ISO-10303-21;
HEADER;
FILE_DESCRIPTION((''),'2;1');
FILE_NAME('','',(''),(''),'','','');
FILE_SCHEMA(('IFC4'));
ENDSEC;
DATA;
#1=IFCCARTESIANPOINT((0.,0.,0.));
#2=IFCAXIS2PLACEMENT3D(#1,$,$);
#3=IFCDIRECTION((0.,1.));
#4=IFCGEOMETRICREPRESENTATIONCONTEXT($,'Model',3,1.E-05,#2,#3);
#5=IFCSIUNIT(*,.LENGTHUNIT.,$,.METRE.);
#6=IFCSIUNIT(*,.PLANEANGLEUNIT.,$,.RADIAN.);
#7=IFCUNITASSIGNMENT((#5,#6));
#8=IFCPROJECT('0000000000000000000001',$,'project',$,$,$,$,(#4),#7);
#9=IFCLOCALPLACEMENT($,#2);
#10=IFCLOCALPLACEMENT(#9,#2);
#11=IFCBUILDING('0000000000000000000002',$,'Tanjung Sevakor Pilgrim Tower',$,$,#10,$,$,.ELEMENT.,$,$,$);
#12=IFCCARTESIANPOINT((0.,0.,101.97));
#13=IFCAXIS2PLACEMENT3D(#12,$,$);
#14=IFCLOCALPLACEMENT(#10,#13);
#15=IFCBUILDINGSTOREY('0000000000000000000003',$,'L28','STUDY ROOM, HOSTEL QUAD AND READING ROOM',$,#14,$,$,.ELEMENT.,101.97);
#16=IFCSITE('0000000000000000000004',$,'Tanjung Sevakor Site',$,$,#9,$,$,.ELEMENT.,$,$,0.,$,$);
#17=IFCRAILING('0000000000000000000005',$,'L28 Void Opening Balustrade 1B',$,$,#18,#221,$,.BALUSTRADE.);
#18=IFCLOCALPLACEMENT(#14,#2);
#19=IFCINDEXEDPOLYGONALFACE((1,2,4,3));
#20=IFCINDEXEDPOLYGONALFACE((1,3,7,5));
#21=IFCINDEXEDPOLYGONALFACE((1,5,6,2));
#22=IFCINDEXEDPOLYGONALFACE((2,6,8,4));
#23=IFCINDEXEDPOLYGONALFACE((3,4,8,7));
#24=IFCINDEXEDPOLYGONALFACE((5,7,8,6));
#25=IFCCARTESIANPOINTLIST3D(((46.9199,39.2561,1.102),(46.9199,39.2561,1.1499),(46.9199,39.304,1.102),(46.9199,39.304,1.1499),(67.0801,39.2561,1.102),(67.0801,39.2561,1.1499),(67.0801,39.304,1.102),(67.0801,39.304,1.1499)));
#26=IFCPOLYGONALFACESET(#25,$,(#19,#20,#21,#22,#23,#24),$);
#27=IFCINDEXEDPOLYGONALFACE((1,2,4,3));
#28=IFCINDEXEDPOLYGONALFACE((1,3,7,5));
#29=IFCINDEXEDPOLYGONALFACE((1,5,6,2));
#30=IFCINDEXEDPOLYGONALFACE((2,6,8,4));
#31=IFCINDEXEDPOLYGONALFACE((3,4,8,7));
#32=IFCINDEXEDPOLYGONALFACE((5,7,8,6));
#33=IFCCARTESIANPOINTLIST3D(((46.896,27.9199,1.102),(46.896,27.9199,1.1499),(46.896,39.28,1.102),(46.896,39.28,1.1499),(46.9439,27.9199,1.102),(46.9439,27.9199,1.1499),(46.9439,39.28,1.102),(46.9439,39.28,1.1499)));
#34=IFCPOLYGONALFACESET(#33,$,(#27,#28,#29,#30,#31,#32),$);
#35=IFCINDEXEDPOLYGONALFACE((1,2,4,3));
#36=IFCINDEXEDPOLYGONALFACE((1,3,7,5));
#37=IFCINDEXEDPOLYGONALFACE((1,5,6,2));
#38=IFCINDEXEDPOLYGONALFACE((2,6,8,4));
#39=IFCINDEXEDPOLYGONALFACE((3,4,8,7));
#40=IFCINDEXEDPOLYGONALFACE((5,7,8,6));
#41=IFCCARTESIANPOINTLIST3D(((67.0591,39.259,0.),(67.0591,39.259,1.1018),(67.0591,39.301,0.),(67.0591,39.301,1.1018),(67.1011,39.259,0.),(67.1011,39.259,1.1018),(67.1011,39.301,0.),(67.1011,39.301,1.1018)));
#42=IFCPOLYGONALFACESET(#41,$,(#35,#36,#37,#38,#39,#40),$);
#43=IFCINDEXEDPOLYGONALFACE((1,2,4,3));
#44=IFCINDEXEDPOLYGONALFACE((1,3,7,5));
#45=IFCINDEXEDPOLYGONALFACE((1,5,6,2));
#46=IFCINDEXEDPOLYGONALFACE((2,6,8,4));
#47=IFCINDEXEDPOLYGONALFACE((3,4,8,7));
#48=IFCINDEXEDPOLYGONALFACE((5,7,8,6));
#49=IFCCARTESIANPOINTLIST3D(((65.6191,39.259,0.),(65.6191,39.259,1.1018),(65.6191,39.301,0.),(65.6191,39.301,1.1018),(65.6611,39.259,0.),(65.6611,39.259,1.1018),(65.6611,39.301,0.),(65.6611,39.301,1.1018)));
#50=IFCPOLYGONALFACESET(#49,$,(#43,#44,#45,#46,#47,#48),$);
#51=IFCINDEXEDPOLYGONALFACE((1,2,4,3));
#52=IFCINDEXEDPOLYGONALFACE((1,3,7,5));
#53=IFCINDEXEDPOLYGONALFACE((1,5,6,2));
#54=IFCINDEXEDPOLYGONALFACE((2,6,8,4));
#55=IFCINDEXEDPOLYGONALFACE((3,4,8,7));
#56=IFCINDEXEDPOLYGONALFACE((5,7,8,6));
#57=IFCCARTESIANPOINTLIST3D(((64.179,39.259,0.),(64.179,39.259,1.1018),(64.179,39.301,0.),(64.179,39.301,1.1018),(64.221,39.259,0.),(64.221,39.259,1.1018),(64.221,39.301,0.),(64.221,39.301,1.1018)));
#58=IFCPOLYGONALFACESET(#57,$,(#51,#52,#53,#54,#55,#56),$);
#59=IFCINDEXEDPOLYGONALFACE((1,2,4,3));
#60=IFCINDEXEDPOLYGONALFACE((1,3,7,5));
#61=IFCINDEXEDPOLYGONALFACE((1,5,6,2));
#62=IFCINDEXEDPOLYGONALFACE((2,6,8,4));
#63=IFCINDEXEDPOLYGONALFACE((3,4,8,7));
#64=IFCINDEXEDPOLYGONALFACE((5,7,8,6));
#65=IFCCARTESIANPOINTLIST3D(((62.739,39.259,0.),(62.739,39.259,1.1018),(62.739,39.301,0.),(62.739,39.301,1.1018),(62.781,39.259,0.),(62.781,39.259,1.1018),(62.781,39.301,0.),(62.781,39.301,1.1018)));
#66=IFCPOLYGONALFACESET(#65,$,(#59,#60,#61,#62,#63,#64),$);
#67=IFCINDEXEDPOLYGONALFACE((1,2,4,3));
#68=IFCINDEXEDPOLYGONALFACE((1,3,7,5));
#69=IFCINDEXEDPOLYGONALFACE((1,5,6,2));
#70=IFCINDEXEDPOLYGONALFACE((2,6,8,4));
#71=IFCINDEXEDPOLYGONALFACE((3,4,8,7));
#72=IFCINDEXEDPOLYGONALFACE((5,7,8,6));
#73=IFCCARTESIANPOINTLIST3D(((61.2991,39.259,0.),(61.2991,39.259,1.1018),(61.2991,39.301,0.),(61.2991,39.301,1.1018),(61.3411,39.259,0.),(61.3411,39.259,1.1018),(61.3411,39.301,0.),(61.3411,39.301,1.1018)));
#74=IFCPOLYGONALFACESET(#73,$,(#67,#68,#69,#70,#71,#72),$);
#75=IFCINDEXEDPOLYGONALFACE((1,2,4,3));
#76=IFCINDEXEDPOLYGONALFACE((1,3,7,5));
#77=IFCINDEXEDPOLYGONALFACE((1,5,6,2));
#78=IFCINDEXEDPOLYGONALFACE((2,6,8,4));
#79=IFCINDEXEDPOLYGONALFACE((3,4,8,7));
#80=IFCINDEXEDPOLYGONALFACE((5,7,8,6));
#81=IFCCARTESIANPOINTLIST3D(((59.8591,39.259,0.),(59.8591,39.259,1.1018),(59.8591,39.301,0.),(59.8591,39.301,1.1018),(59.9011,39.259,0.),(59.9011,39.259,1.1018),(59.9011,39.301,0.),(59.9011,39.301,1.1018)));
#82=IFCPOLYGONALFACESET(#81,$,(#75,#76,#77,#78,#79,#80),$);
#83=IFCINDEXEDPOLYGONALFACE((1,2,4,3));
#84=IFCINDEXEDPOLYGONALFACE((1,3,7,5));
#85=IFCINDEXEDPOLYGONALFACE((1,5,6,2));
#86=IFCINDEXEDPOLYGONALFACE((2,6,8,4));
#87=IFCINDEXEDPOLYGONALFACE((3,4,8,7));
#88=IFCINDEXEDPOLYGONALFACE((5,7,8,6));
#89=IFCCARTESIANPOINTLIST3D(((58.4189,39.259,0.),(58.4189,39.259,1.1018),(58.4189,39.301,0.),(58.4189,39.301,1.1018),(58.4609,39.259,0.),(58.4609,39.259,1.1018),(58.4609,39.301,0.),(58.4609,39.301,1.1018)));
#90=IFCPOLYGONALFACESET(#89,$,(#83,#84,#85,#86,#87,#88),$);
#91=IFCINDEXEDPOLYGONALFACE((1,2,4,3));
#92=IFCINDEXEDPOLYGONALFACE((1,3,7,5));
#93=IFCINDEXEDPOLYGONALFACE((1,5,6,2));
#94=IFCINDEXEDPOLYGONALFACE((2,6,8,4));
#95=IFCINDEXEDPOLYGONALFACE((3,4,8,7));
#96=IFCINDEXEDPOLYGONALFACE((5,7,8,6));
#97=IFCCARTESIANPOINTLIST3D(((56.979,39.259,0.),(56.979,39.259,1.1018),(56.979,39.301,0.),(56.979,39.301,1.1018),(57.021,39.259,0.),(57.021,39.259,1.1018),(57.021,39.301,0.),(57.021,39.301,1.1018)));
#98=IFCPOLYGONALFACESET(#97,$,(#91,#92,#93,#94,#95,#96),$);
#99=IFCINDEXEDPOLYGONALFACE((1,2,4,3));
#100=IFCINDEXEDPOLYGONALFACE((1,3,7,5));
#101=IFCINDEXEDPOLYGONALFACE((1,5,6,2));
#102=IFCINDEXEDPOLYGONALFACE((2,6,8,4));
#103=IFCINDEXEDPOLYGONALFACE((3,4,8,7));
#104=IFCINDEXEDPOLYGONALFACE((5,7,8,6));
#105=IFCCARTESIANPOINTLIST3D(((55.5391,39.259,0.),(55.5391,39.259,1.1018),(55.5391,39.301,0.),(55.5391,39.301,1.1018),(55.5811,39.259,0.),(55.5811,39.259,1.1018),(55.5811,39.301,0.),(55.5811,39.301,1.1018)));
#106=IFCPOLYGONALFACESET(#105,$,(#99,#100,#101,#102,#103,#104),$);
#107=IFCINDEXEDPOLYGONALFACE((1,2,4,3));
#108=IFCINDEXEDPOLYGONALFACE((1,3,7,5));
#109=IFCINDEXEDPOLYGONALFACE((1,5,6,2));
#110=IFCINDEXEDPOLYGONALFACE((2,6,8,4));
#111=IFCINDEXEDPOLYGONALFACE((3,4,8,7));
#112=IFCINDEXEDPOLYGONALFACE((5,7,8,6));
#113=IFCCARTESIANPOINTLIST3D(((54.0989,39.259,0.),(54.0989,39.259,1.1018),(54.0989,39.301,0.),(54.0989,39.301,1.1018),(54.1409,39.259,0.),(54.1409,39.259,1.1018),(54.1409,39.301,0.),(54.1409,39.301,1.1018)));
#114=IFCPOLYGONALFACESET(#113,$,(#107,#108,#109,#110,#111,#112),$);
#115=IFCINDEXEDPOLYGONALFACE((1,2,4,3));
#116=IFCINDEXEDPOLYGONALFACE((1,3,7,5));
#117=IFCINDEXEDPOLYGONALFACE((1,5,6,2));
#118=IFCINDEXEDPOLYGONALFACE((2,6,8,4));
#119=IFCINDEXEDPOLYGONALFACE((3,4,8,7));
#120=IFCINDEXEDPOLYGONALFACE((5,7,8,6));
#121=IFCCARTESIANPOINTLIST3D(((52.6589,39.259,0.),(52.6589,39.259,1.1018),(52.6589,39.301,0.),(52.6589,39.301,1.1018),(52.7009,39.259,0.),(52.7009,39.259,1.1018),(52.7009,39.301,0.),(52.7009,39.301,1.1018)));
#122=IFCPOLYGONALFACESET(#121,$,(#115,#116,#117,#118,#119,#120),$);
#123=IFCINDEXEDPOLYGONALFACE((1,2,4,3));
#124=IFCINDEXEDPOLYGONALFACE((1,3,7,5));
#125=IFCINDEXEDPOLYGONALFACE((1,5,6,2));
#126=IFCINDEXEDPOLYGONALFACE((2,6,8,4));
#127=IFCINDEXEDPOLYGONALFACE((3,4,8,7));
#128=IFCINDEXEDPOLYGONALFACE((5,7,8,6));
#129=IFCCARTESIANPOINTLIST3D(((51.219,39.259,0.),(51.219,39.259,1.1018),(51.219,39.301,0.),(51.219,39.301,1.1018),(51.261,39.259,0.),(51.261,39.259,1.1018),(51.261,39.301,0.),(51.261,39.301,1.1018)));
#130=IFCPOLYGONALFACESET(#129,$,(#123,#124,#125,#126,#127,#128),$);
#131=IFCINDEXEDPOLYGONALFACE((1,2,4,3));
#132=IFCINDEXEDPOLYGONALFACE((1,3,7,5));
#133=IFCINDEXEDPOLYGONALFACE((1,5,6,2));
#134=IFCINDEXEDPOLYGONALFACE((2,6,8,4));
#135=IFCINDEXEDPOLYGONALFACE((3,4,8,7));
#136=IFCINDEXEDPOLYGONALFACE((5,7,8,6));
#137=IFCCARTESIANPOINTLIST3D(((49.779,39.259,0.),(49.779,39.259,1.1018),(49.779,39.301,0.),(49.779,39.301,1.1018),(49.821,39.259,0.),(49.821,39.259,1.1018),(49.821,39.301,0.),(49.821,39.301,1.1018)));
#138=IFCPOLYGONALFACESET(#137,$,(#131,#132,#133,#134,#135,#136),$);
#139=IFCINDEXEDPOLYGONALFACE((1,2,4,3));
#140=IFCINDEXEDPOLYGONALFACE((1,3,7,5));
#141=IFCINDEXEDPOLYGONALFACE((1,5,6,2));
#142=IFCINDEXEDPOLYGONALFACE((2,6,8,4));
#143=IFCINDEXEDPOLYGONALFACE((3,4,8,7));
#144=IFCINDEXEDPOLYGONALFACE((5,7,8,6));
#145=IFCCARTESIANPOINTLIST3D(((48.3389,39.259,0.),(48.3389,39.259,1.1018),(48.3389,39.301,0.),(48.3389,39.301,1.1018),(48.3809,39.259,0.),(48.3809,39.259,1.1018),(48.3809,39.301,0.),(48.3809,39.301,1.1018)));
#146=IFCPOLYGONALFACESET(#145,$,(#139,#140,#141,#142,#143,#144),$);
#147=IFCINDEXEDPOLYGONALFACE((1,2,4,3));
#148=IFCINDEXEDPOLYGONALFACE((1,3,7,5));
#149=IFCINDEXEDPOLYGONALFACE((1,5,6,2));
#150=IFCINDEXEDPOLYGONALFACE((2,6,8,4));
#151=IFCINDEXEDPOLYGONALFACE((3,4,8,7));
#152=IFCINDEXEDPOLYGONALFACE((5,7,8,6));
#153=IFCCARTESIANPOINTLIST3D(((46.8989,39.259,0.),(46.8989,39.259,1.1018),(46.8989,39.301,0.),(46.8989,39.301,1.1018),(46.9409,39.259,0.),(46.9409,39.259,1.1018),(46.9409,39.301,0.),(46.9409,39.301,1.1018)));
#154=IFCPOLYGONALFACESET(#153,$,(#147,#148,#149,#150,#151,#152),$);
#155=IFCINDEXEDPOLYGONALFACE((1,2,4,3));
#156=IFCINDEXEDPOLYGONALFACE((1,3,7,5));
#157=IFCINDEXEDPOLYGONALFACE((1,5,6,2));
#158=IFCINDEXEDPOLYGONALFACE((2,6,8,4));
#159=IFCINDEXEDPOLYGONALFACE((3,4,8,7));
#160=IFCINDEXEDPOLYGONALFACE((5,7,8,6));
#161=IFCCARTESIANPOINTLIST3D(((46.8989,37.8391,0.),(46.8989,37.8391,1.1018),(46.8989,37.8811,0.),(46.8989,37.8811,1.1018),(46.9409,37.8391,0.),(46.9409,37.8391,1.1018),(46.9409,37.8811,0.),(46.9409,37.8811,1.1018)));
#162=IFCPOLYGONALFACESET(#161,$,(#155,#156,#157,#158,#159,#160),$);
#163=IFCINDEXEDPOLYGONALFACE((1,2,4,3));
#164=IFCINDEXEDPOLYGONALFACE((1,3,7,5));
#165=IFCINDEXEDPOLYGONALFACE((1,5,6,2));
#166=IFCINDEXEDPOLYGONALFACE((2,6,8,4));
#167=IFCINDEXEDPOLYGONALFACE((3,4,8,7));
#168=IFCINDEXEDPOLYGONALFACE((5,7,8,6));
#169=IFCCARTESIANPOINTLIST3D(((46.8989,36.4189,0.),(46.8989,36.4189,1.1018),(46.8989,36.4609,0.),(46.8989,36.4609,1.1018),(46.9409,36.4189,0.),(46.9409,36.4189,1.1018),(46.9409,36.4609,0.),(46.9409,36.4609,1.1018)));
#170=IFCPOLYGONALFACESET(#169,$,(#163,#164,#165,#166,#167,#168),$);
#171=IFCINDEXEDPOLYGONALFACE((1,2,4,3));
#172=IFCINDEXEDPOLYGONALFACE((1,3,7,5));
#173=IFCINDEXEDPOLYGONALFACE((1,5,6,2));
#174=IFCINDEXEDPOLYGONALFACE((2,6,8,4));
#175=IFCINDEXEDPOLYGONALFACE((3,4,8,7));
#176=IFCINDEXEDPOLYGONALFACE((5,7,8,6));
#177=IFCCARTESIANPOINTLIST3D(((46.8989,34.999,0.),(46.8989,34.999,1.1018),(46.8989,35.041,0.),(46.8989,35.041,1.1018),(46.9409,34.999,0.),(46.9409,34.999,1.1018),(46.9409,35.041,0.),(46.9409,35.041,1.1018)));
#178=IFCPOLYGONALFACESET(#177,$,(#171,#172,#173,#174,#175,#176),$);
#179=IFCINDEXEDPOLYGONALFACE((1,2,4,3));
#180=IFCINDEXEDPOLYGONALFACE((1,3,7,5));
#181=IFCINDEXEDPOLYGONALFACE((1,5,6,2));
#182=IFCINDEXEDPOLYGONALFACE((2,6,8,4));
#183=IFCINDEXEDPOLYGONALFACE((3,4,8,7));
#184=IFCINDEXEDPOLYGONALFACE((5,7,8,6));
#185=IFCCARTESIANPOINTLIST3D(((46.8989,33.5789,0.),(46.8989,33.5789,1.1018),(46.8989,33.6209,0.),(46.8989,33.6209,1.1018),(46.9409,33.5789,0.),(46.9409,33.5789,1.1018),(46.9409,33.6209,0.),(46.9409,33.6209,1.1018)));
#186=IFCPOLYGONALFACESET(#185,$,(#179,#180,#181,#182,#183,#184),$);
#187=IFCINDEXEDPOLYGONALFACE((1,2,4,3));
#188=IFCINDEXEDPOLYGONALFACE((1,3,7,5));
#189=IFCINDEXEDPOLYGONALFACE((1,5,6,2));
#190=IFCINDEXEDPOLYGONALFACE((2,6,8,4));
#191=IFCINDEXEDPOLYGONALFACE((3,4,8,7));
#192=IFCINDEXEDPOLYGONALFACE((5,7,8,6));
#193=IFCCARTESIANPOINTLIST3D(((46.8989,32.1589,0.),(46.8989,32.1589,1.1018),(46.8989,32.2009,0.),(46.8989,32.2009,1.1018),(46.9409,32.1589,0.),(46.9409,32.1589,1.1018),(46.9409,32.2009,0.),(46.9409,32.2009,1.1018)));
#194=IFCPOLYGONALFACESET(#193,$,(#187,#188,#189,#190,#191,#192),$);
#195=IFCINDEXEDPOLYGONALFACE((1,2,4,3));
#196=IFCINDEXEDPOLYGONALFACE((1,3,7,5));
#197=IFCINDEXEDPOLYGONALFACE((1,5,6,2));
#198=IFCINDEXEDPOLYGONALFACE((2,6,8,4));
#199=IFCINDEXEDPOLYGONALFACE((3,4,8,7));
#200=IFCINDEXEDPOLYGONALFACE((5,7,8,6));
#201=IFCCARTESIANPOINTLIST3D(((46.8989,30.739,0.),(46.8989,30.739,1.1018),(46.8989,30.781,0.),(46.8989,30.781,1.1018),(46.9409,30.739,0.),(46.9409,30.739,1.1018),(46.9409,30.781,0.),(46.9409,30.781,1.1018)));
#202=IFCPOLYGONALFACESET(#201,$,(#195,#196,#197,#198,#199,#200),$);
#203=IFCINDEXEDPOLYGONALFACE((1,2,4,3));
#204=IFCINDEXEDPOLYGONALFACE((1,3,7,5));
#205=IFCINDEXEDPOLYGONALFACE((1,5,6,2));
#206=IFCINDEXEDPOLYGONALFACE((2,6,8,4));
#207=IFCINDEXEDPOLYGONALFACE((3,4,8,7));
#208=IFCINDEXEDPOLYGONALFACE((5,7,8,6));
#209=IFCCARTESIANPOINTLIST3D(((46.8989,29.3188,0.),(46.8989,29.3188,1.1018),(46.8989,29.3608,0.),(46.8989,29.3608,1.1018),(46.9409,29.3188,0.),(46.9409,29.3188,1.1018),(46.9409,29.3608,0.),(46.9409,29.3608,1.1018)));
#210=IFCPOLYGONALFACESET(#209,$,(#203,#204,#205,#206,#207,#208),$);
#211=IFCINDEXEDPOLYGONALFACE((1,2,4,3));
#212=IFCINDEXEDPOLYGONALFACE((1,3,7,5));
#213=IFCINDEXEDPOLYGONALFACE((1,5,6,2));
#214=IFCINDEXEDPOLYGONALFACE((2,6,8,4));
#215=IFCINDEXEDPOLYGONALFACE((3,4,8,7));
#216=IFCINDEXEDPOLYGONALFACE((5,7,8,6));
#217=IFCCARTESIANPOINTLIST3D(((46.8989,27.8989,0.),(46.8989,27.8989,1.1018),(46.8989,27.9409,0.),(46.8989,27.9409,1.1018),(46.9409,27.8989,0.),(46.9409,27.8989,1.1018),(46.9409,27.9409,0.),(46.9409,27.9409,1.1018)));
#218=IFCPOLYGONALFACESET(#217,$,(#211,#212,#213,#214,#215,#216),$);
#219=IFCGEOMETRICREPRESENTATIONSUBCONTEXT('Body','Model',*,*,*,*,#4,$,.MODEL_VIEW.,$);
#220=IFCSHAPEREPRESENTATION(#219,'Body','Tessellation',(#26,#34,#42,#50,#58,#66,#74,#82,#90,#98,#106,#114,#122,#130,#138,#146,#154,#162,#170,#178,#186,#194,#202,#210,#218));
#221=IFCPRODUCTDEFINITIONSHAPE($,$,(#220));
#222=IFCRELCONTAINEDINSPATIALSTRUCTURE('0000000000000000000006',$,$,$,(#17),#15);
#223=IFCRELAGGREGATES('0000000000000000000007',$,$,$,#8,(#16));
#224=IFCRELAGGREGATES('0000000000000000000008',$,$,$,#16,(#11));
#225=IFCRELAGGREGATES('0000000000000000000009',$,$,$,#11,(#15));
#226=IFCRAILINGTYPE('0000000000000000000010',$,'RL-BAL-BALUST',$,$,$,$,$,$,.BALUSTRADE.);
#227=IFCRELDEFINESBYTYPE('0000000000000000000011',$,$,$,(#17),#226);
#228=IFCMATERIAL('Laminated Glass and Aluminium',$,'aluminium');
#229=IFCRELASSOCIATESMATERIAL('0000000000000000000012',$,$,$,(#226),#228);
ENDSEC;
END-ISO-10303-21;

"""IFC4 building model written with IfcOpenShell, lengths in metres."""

from ifc_helpers import new_model, si_unit, direction, frame, origin, place, context, subcontext, project, spatial, rectangle, extrude, material, type_object, element, save


model = new_model("IFC4")

# Units and contexts
model_context = context("Model", 3, precision=1e-05, world=origin(), true_north=direction((0.0, 1.0)))
body_context = subcontext(model_context, "Body", "Model", "MODEL_VIEW")
ifc_project = project(units=[si_unit("LENGTHUNIT", "METRE"), si_unit("PLANEANGLEUNIT", "RADIAN")], contexts=[model_context])

# Site, building, storey
site_placement = place(None, origin())
site = spatial("IfcSite", under=ifc_project, at=site_placement, Name="Tanjung Sevakor Site", CompositionType="ELEMENT", RefElevation=0.0)
building_placement = place(site_placement, origin())
building = spatial("IfcBuilding", under=site, at=building_placement, Name="Tanjung Sevakor Pilgrim Tower", CompositionType="ELEMENT")
storey_placement = place(building_placement, frame((0.0, 0.0, 101.97)))
storey = spatial("IfcBuildingStorey", under=building, at=storey_placement, Name="L28", Description="STUDY ROOM, HOSTEL QUAD AND READING ROOM", CompositionType="ELEMENT", Elevation=101.97)

# Railing
ifc_material_1 = material(Name="Laminated Glass and Aluminium", Category="aluminium")
railing_type = type_object("IfcRailingType", Name="RL-BAL-BALUST", PredefinedType="BALUSTRADE", material=ifc_material_1)
railing_1_placement = place(storey_placement, frame((67.0801, 39.28, 0.0)))
element("IfcRailing", 1, at=railing_1_placement, inside=storey, type_object=railing_type, Name="L28 Void Opening Balustrade 1B", PredefinedType="BALUSTRADE", context=body_context, shape_type="SweptSolid", body=[
    extrude(rectangle(XDim=0.0479, YDim=0.0479), frame((0.0, 0.0, 1.126), z_axis=(-1.0, 0.0, 0.0), x_axis=(0.0, -1.0, 0.0)), (0.0, 0.0, 1.0), 20.1602),
    extrude(rectangle(XDim=0.0479, YDim=0.0479), frame((-20.1602, 0.0, 1.126), z_axis=(0.0, -1.0, 0.0), x_axis=(1.0, 0.0, 0.0)), (0.0, 0.0, 1.0), 11.3601),
    extrude(rectangle(XDim=0.042, YDim=0.042), origin(), (0.0, 0.0, 1.0), 1.1018),
    extrude(rectangle(XDim=0.042, YDim=0.042), frame((-1.4399, 0.0, 0.0)), (0.0, 0.0, 1.0), 1.1018),
    extrude(rectangle(XDim=0.042, YDim=0.042), frame((-2.8801, 0.0, 0.0)), (0.0, 0.0, 1.0), 1.1018),
    extrude(rectangle(XDim=0.042, YDim=0.042), frame((-4.3201, 0.0, 0.0)), (0.0, 0.0, 1.0), 1.1018),
    extrude(rectangle(XDim=0.042, YDim=0.042), frame((-5.76, 0.0, 0.0)), (0.0, 0.0, 1.0), 1.1018),
    extrude(rectangle(XDim=0.042, YDim=0.042), frame((-7.2, 0.0, 0.0)), (0.0, 0.0, 1.0), 1.1018),
    extrude(rectangle(XDim=0.042, YDim=0.042), frame((-8.6401, 0.0, 0.0)), (0.0, 0.0, 1.0), 1.1018),
    extrude(rectangle(XDim=0.042, YDim=0.042), frame((-10.0801, 0.0, 0.0)), (0.0, 0.0, 1.0), 1.1018),
    extrude(rectangle(XDim=0.042, YDim=0.042), frame((-11.52, 0.0, 0.0)), (0.0, 0.0, 1.0), 1.1018),
    extrude(rectangle(XDim=0.042, YDim=0.042), frame((-12.9602, 0.0, 0.0)), (0.0, 0.0, 1.0), 1.1018),
    extrude(rectangle(XDim=0.042, YDim=0.042), frame((-14.4001, 0.0, 0.0)), (0.0, 0.0, 1.0), 1.1018),
    extrude(rectangle(XDim=0.042, YDim=0.042), frame((-15.8401, 0.0, 0.0)), (0.0, 0.0, 1.0), 1.1018),
    extrude(rectangle(XDim=0.042, YDim=0.042), frame((-17.28, 0.0, 0.0)), (0.0, 0.0, 1.0), 1.1018),
    extrude(rectangle(XDim=0.042, YDim=0.042), frame((-18.7202, 0.0, 0.0)), (0.0, 0.0, 1.0), 1.1018),
    extrude(rectangle(XDim=0.042, YDim=0.042), frame((-20.1602, 0.0, 0.0)), (0.0, 0.0, 1.0), 1.1018),
    extrude(rectangle(XDim=0.042, YDim=0.042), frame((-20.1602, -1.4199, 0.0)), (0.0, 0.0, 1.0), 1.1018),
    extrude(rectangle(XDim=0.042, YDim=0.042), frame((-20.1602, -2.8401, 0.0)), (0.0, 0.0, 1.0), 1.1018),
    extrude(rectangle(XDim=0.042, YDim=0.042), frame((-20.1602, -4.26, 0.0)), (0.0, 0.0, 1.0), 1.1018),
    extrude(rectangle(XDim=0.042, YDim=0.042), frame((-20.1602, -5.6802, 0.0)), (0.0, 0.0, 1.0), 1.1018),
    extrude(rectangle(XDim=0.042, YDim=0.042), frame((-20.1602, -7.1001, 0.0)), (0.0, 0.0, 1.0), 1.1018),
    extrude(rectangle(XDim=0.042, YDim=0.042), frame((-20.1602, -8.52, 0.0)), (0.0, 0.0, 1.0), 1.1018),
    extrude(rectangle(XDim=0.042, YDim=0.042), frame((-20.1602, -9.9402, 0.0)), (0.0, 0.0, 1.0), 1.1018),
    extrude(rectangle(XDim=0.042, YDim=0.042), frame((-20.1602, -11.3601, 0.0)), (0.0, 0.0, 1.0), 1.1018),
])

save(model, "model.ifc")
